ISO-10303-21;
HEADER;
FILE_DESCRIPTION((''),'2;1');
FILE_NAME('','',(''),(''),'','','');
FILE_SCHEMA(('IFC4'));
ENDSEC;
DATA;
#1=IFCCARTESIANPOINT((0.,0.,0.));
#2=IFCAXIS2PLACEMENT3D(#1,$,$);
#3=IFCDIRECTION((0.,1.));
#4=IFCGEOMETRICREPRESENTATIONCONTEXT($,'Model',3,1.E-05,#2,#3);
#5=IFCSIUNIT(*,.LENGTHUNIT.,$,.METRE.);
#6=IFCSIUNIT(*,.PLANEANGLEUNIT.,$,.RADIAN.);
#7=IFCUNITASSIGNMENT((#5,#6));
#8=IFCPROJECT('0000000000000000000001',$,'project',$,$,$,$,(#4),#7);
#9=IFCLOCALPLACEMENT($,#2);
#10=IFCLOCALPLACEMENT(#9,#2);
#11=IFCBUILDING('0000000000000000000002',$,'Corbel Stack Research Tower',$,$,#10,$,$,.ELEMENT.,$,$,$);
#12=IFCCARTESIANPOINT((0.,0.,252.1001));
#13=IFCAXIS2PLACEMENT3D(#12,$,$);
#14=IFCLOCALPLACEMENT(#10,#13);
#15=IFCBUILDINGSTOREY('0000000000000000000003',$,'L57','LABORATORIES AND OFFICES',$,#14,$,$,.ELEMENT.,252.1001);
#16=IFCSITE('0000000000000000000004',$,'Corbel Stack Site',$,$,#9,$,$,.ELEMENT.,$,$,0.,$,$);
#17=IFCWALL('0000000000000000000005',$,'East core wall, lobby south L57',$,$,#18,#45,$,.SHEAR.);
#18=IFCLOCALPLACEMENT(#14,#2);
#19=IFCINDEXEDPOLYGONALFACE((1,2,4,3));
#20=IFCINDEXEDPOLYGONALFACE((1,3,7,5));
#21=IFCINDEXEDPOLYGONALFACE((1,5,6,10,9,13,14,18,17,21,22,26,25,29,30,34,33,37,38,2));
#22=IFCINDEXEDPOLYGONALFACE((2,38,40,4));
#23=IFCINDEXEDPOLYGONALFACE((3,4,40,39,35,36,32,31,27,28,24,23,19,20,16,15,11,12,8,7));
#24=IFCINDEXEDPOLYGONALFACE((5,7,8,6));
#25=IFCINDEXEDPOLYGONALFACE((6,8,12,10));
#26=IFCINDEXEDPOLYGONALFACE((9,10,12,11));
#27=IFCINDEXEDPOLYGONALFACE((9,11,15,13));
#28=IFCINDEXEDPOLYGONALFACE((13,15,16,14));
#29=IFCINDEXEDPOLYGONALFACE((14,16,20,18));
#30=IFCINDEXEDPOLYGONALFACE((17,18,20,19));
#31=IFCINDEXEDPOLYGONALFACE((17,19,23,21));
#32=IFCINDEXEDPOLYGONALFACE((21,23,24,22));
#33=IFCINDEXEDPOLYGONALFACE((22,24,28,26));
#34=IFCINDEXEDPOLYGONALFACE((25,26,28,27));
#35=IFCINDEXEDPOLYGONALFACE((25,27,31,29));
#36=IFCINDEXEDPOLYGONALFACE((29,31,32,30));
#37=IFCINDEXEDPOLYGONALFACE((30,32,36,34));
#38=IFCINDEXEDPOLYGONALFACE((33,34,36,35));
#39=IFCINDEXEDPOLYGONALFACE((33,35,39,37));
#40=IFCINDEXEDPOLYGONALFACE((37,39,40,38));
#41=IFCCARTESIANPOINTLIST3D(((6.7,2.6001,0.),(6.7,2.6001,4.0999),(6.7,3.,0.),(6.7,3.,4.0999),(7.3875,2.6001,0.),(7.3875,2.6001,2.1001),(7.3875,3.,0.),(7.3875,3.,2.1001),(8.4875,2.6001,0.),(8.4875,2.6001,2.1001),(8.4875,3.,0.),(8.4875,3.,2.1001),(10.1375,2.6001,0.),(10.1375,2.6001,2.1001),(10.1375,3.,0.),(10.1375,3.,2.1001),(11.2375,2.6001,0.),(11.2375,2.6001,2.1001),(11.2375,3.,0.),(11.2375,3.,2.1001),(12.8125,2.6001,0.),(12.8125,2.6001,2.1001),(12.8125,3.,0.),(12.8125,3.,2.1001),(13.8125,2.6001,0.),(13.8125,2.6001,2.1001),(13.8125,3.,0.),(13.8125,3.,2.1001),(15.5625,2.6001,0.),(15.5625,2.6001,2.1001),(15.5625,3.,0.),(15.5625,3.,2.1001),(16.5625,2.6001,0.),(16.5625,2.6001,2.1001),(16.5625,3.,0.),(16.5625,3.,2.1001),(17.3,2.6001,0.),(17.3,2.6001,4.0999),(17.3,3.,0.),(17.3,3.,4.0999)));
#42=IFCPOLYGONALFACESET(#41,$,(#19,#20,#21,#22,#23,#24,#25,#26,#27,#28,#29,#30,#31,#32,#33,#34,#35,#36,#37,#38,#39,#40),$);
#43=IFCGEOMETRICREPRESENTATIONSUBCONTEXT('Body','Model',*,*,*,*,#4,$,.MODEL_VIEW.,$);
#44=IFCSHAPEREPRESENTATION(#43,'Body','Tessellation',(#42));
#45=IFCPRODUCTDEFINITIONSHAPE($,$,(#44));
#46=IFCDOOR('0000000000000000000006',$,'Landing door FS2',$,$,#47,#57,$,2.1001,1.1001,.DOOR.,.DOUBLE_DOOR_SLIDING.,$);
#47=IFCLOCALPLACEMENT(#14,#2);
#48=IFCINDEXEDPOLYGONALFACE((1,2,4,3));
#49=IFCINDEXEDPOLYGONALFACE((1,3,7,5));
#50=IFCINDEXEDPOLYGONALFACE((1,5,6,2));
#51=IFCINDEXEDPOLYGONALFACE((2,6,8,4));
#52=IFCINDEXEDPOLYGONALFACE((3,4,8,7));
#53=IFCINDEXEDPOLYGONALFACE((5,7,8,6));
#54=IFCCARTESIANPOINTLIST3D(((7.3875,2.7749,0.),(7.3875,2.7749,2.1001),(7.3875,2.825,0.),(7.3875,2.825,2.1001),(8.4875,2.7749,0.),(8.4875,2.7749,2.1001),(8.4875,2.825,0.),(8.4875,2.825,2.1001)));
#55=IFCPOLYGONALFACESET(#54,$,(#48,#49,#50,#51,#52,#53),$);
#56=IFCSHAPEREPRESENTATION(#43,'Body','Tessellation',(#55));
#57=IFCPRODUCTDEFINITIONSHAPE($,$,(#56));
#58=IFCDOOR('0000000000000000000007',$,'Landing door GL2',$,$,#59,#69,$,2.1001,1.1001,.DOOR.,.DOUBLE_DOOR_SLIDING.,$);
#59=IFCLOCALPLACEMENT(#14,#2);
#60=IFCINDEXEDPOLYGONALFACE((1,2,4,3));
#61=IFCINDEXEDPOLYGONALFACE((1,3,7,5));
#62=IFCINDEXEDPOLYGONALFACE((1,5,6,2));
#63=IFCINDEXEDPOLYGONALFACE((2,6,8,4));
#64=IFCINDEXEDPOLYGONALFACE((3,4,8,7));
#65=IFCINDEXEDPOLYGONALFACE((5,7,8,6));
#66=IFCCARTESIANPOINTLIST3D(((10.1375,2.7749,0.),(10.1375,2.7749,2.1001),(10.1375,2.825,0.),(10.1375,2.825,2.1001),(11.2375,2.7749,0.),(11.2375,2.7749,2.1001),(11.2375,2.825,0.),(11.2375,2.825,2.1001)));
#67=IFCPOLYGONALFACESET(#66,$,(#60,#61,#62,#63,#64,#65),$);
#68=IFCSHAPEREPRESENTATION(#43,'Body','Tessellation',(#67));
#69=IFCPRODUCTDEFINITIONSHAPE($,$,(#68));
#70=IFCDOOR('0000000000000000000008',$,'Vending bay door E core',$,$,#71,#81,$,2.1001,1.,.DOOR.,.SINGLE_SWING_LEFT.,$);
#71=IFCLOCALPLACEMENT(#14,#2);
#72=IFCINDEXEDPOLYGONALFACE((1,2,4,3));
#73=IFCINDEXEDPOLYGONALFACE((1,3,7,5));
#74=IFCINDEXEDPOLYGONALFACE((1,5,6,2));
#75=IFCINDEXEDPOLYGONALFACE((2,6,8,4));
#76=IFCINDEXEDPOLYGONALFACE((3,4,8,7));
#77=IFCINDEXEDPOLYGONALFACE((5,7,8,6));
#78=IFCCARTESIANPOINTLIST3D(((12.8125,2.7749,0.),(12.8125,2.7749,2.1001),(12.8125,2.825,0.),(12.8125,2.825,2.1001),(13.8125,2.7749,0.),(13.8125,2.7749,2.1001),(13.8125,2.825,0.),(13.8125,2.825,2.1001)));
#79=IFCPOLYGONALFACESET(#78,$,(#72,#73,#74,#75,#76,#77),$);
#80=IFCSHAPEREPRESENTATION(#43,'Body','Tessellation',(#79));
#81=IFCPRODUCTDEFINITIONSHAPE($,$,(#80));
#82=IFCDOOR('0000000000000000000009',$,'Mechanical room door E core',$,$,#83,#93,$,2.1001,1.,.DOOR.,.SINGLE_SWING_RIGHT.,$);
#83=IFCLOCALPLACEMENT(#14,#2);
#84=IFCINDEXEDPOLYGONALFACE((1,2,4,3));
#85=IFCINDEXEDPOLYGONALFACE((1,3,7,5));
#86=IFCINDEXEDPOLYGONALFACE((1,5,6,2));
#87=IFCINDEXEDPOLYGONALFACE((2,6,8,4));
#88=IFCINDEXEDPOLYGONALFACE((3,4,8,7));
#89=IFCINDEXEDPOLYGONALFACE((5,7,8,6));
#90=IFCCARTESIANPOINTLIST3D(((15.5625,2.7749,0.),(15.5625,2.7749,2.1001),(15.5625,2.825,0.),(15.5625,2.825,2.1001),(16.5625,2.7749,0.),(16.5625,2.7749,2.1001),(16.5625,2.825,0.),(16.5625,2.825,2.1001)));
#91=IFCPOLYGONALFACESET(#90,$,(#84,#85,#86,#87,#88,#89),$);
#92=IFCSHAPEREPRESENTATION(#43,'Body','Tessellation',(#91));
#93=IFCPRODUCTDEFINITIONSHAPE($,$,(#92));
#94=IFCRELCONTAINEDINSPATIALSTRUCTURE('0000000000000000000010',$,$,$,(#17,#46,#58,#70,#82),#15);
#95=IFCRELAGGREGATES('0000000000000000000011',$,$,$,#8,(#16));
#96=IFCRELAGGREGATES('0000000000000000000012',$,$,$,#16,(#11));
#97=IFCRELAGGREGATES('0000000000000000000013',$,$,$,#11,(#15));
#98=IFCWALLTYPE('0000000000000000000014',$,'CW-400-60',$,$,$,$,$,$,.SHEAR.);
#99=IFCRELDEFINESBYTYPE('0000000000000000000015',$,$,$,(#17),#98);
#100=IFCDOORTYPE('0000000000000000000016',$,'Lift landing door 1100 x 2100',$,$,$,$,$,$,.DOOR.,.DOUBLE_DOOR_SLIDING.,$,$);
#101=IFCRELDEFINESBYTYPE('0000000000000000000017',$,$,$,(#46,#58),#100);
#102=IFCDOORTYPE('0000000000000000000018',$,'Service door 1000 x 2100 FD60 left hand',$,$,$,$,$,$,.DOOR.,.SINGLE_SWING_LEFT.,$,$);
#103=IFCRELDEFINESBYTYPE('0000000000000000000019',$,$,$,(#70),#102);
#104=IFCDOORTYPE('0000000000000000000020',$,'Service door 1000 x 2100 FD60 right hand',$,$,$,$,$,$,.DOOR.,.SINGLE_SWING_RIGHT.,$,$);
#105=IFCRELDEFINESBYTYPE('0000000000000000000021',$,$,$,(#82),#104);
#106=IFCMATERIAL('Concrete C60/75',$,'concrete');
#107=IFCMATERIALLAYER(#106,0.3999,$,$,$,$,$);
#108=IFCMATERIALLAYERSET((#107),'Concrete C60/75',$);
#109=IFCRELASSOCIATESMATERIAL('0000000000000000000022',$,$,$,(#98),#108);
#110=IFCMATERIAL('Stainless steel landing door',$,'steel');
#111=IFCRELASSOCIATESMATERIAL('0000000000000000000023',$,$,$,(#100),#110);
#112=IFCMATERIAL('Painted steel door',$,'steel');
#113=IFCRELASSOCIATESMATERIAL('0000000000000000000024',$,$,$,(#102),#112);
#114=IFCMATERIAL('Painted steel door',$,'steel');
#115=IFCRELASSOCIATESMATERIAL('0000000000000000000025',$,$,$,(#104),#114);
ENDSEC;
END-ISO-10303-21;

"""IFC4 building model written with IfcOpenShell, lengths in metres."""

from ifc_helpers import new_model, si_unit, direction, frame, frame_2d, origin, place, context, subcontext, project, spatial, rectangle, extrude, material, layer, layer_set, type_object, element, fill, save


model = new_model("IFC4")

# Units and contexts
model_context = context("Model", 3, precision=1e-05, world=origin(), true_north=direction((0.0, 1.0)))
body_context = subcontext(model_context, "Body", "Model", "MODEL_VIEW")
ifc_project = project(units=[si_unit("LENGTHUNIT", "METRE"), si_unit("PLANEANGLEUNIT", "RADIAN")], contexts=[model_context])

# Site, building, storey
site_placement = place(None, origin())
site = spatial("IfcSite", under=ifc_project, at=site_placement, Name="Corbel Stack Site", CompositionType="ELEMENT", RefElevation=0.0)
building_placement = place(site_placement, origin())
building = spatial("IfcBuilding", under=site, at=building_placement, Name="Corbel Stack Research Tower", CompositionType="ELEMENT")
storey_placement = place(building_placement, frame((0.0, 0.0, 252.1001)))
storey = spatial("IfcBuildingStorey", under=building, at=storey_placement, Name="L57", Description="LABORATORIES AND OFFICES", CompositionType="ELEMENT", Elevation=252.1001)

# Wall, openings, doors
ifc_material_1 = material(Name="Concrete C60/75", Category="concrete")
ifc_layer_1 = layer(ifc_material_1, 0.3999)
ifc_layer_set_1 = layer_set([ifc_layer_1], Name="Concrete C60/75")
wall_type_1 = type_object("IfcWallType", Name="CW-400-60", PredefinedType="SHEAR", material=ifc_layer_set_1)
wall_1_placement = place(storey_placement, frame((6.7, 2.8, 0.0), z_axis=(0.0, 0.0, 1.0), x_axis=(1.0, 0.0, 0.0)))
wall_1 = element("IfcWall", 1, at=wall_1_placement, inside=storey, type_object=wall_type_1, Name="East core wall, lobby south L57", PredefinedType="SHEAR", context=body_context, shape_type="SweptSolid", body=[
    extrude(rectangle(XDim=10.6001, YDim=0.3999, at=frame_2d((5.3, 0.0))), origin(), (0.0, 0.0, 1.0), 4.0999),
])
opening_1_placement = place(wall_1_placement, frame((0.6875, 0.0, 0.0)))
opening_1 = element("IfcOpeningElement", 2, at=opening_1_placement, cuts=wall_1, PredefinedType="OPENING", context=body_context, shape_type="SweptSolid", body=[
    extrude(rectangle(XDim=1.1001, YDim=2.1001, at=frame_2d((0.55, 1.05))), frame((0.0, 0.21, 0.0), z_axis=(0.0, -1.0, 0.0), x_axis=(1.0, 0.0, 0.0)), (0.0, 0.0, 1.0), 0.4199),
])
opening_2_placement = place(wall_1_placement, frame((3.4375, 0.0, 0.0)))
opening_2 = element("IfcOpeningElement", 3, at=opening_2_placement, cuts=wall_1, PredefinedType="OPENING", context=body_context, shape_type="SweptSolid", body=[
    extrude(rectangle(XDim=1.1001, YDim=2.1001, at=frame_2d((0.55, 1.05))), frame((0.0, 0.21, 0.0), z_axis=(0.0, -1.0, 0.0), x_axis=(1.0, 0.0, 0.0)), (0.0, 0.0, 1.0), 0.4199),
])
opening_3_placement = place(wall_1_placement, frame((6.1125, 0.0, 0.0)))
opening_3 = element("IfcOpeningElement", 4, at=opening_3_placement, cuts=wall_1, PredefinedType="OPENING", context=body_context, shape_type="SweptSolid", body=[
    extrude(rectangle(XDim=1.0, YDim=2.1001, at=frame_2d((0.5, 1.05))), frame((0.0, 0.21, 0.0), z_axis=(0.0, -1.0, 0.0), x_axis=(1.0, 0.0, 0.0)), (0.0, 0.0, 1.0), 0.4199),
])
opening_4_placement = place(wall_1_placement, frame((8.8625, 0.0, 0.0)))
opening_4 = element("IfcOpeningElement", 5, at=opening_4_placement, cuts=wall_1, PredefinedType="OPENING", context=body_context, shape_type="SweptSolid", body=[
    extrude(rectangle(XDim=1.0, YDim=2.1001, at=frame_2d((0.5, 1.05))), frame((0.0, 0.21, 0.0), z_axis=(0.0, -1.0, 0.0), x_axis=(1.0, 0.0, 0.0)), (0.0, 0.0, 1.0), 0.4199),
])
ifc_material_2 = material(Name="Stainless steel landing door", Category="steel")
door_type_1 = type_object("IfcDoorType", Name="Lift landing door 1100 x 2100", OperationType="DOUBLE_DOOR_SLIDING", PredefinedType="DOOR", material=ifc_material_2)
door_1_placement = place(opening_1_placement, origin())
door_1 = element("IfcDoor", 6, at=door_1_placement, inside=storey, type_object=door_type_1, Name="Landing door FS2", OperationType="DOUBLE_DOOR_SLIDING", OverallHeight=2.1001, OverallWidth=1.1001, PredefinedType="DOOR", context=body_context, shape_type="SweptSolid", body=[
    extrude(rectangle(XDim=1.1001, YDim=2.1001, at=frame_2d((0.55, 1.05))), frame((0.0, 0.0249, 0.0), z_axis=(0.0, -1.0, 0.0), x_axis=(1.0, 0.0, 0.0)), (0.0, 0.0, 1.0), 0.05),
])
fill(opening_1, door_1)
door_2_placement = place(opening_2_placement, origin())
door_2 = element("IfcDoor", 7, at=door_2_placement, inside=storey, type_object=door_type_1, Name="Landing door GL2", OperationType="DOUBLE_DOOR_SLIDING", OverallHeight=2.1001, OverallWidth=1.1001, PredefinedType="DOOR", context=body_context, shape_type="SweptSolid", body=[
    extrude(rectangle(XDim=1.1001, YDim=2.1001, at=frame_2d((0.55, 1.05))), frame((0.0, 0.0249, 0.0), z_axis=(0.0, -1.0, 0.0), x_axis=(1.0, 0.0, 0.0)), (0.0, 0.0, 1.0), 0.05),
])
fill(opening_2, door_2)
ifc_material_3 = material(Name="Painted steel door", Category="steel")
door_type_2 = type_object("IfcDoorType", Name="Service door 1000 x 2100 FD60 left hand", OperationType="SINGLE_SWING_LEFT", PredefinedType="DOOR", material=ifc_material_3)
door_3_placement = place(opening_3_placement, origin())
door_3 = element("IfcDoor", 8, at=door_3_placement, inside=storey, type_object=door_type_2, Name="Vending bay door E core", OperationType="SINGLE_SWING_LEFT", OverallHeight=2.1001, OverallWidth=1.0, PredefinedType="DOOR", context=body_context, shape_type="SweptSolid", body=[
    extrude(rectangle(XDim=1.0, YDim=2.1001, at=frame_2d((0.5, 1.05))), frame((0.0, 0.0249, 0.0), z_axis=(0.0, -1.0, 0.0), x_axis=(1.0, 0.0, 0.0)), (0.0, 0.0, 1.0), 0.05),
])
fill(opening_3, door_3)
ifc_material_4 = material(Name="Painted steel door", Category="steel")
door_type_3 = type_object("IfcDoorType", Name="Service door 1000 x 2100 FD60 right hand", OperationType="SINGLE_SWING_RIGHT", PredefinedType="DOOR", material=ifc_material_4)
door_4_placement = place(opening_4_placement, origin())
door_4 = element("IfcDoor", 9, at=door_4_placement, inside=storey, type_object=door_type_3, Name="Mechanical room door E core", OperationType="SINGLE_SWING_RIGHT", OverallHeight=2.1001, OverallWidth=1.0, PredefinedType="DOOR", context=body_context, shape_type="SweptSolid", body=[
    extrude(rectangle(XDim=1.0, YDim=2.1001, at=frame_2d((0.5, 1.05))), frame((0.0, 0.0249, 0.0), z_axis=(0.0, -1.0, 0.0), x_axis=(1.0, 0.0, 0.0)), (0.0, 0.0, 1.0), 0.05),
])
fill(opening_4, door_4)

save(model, "model.ifc")
